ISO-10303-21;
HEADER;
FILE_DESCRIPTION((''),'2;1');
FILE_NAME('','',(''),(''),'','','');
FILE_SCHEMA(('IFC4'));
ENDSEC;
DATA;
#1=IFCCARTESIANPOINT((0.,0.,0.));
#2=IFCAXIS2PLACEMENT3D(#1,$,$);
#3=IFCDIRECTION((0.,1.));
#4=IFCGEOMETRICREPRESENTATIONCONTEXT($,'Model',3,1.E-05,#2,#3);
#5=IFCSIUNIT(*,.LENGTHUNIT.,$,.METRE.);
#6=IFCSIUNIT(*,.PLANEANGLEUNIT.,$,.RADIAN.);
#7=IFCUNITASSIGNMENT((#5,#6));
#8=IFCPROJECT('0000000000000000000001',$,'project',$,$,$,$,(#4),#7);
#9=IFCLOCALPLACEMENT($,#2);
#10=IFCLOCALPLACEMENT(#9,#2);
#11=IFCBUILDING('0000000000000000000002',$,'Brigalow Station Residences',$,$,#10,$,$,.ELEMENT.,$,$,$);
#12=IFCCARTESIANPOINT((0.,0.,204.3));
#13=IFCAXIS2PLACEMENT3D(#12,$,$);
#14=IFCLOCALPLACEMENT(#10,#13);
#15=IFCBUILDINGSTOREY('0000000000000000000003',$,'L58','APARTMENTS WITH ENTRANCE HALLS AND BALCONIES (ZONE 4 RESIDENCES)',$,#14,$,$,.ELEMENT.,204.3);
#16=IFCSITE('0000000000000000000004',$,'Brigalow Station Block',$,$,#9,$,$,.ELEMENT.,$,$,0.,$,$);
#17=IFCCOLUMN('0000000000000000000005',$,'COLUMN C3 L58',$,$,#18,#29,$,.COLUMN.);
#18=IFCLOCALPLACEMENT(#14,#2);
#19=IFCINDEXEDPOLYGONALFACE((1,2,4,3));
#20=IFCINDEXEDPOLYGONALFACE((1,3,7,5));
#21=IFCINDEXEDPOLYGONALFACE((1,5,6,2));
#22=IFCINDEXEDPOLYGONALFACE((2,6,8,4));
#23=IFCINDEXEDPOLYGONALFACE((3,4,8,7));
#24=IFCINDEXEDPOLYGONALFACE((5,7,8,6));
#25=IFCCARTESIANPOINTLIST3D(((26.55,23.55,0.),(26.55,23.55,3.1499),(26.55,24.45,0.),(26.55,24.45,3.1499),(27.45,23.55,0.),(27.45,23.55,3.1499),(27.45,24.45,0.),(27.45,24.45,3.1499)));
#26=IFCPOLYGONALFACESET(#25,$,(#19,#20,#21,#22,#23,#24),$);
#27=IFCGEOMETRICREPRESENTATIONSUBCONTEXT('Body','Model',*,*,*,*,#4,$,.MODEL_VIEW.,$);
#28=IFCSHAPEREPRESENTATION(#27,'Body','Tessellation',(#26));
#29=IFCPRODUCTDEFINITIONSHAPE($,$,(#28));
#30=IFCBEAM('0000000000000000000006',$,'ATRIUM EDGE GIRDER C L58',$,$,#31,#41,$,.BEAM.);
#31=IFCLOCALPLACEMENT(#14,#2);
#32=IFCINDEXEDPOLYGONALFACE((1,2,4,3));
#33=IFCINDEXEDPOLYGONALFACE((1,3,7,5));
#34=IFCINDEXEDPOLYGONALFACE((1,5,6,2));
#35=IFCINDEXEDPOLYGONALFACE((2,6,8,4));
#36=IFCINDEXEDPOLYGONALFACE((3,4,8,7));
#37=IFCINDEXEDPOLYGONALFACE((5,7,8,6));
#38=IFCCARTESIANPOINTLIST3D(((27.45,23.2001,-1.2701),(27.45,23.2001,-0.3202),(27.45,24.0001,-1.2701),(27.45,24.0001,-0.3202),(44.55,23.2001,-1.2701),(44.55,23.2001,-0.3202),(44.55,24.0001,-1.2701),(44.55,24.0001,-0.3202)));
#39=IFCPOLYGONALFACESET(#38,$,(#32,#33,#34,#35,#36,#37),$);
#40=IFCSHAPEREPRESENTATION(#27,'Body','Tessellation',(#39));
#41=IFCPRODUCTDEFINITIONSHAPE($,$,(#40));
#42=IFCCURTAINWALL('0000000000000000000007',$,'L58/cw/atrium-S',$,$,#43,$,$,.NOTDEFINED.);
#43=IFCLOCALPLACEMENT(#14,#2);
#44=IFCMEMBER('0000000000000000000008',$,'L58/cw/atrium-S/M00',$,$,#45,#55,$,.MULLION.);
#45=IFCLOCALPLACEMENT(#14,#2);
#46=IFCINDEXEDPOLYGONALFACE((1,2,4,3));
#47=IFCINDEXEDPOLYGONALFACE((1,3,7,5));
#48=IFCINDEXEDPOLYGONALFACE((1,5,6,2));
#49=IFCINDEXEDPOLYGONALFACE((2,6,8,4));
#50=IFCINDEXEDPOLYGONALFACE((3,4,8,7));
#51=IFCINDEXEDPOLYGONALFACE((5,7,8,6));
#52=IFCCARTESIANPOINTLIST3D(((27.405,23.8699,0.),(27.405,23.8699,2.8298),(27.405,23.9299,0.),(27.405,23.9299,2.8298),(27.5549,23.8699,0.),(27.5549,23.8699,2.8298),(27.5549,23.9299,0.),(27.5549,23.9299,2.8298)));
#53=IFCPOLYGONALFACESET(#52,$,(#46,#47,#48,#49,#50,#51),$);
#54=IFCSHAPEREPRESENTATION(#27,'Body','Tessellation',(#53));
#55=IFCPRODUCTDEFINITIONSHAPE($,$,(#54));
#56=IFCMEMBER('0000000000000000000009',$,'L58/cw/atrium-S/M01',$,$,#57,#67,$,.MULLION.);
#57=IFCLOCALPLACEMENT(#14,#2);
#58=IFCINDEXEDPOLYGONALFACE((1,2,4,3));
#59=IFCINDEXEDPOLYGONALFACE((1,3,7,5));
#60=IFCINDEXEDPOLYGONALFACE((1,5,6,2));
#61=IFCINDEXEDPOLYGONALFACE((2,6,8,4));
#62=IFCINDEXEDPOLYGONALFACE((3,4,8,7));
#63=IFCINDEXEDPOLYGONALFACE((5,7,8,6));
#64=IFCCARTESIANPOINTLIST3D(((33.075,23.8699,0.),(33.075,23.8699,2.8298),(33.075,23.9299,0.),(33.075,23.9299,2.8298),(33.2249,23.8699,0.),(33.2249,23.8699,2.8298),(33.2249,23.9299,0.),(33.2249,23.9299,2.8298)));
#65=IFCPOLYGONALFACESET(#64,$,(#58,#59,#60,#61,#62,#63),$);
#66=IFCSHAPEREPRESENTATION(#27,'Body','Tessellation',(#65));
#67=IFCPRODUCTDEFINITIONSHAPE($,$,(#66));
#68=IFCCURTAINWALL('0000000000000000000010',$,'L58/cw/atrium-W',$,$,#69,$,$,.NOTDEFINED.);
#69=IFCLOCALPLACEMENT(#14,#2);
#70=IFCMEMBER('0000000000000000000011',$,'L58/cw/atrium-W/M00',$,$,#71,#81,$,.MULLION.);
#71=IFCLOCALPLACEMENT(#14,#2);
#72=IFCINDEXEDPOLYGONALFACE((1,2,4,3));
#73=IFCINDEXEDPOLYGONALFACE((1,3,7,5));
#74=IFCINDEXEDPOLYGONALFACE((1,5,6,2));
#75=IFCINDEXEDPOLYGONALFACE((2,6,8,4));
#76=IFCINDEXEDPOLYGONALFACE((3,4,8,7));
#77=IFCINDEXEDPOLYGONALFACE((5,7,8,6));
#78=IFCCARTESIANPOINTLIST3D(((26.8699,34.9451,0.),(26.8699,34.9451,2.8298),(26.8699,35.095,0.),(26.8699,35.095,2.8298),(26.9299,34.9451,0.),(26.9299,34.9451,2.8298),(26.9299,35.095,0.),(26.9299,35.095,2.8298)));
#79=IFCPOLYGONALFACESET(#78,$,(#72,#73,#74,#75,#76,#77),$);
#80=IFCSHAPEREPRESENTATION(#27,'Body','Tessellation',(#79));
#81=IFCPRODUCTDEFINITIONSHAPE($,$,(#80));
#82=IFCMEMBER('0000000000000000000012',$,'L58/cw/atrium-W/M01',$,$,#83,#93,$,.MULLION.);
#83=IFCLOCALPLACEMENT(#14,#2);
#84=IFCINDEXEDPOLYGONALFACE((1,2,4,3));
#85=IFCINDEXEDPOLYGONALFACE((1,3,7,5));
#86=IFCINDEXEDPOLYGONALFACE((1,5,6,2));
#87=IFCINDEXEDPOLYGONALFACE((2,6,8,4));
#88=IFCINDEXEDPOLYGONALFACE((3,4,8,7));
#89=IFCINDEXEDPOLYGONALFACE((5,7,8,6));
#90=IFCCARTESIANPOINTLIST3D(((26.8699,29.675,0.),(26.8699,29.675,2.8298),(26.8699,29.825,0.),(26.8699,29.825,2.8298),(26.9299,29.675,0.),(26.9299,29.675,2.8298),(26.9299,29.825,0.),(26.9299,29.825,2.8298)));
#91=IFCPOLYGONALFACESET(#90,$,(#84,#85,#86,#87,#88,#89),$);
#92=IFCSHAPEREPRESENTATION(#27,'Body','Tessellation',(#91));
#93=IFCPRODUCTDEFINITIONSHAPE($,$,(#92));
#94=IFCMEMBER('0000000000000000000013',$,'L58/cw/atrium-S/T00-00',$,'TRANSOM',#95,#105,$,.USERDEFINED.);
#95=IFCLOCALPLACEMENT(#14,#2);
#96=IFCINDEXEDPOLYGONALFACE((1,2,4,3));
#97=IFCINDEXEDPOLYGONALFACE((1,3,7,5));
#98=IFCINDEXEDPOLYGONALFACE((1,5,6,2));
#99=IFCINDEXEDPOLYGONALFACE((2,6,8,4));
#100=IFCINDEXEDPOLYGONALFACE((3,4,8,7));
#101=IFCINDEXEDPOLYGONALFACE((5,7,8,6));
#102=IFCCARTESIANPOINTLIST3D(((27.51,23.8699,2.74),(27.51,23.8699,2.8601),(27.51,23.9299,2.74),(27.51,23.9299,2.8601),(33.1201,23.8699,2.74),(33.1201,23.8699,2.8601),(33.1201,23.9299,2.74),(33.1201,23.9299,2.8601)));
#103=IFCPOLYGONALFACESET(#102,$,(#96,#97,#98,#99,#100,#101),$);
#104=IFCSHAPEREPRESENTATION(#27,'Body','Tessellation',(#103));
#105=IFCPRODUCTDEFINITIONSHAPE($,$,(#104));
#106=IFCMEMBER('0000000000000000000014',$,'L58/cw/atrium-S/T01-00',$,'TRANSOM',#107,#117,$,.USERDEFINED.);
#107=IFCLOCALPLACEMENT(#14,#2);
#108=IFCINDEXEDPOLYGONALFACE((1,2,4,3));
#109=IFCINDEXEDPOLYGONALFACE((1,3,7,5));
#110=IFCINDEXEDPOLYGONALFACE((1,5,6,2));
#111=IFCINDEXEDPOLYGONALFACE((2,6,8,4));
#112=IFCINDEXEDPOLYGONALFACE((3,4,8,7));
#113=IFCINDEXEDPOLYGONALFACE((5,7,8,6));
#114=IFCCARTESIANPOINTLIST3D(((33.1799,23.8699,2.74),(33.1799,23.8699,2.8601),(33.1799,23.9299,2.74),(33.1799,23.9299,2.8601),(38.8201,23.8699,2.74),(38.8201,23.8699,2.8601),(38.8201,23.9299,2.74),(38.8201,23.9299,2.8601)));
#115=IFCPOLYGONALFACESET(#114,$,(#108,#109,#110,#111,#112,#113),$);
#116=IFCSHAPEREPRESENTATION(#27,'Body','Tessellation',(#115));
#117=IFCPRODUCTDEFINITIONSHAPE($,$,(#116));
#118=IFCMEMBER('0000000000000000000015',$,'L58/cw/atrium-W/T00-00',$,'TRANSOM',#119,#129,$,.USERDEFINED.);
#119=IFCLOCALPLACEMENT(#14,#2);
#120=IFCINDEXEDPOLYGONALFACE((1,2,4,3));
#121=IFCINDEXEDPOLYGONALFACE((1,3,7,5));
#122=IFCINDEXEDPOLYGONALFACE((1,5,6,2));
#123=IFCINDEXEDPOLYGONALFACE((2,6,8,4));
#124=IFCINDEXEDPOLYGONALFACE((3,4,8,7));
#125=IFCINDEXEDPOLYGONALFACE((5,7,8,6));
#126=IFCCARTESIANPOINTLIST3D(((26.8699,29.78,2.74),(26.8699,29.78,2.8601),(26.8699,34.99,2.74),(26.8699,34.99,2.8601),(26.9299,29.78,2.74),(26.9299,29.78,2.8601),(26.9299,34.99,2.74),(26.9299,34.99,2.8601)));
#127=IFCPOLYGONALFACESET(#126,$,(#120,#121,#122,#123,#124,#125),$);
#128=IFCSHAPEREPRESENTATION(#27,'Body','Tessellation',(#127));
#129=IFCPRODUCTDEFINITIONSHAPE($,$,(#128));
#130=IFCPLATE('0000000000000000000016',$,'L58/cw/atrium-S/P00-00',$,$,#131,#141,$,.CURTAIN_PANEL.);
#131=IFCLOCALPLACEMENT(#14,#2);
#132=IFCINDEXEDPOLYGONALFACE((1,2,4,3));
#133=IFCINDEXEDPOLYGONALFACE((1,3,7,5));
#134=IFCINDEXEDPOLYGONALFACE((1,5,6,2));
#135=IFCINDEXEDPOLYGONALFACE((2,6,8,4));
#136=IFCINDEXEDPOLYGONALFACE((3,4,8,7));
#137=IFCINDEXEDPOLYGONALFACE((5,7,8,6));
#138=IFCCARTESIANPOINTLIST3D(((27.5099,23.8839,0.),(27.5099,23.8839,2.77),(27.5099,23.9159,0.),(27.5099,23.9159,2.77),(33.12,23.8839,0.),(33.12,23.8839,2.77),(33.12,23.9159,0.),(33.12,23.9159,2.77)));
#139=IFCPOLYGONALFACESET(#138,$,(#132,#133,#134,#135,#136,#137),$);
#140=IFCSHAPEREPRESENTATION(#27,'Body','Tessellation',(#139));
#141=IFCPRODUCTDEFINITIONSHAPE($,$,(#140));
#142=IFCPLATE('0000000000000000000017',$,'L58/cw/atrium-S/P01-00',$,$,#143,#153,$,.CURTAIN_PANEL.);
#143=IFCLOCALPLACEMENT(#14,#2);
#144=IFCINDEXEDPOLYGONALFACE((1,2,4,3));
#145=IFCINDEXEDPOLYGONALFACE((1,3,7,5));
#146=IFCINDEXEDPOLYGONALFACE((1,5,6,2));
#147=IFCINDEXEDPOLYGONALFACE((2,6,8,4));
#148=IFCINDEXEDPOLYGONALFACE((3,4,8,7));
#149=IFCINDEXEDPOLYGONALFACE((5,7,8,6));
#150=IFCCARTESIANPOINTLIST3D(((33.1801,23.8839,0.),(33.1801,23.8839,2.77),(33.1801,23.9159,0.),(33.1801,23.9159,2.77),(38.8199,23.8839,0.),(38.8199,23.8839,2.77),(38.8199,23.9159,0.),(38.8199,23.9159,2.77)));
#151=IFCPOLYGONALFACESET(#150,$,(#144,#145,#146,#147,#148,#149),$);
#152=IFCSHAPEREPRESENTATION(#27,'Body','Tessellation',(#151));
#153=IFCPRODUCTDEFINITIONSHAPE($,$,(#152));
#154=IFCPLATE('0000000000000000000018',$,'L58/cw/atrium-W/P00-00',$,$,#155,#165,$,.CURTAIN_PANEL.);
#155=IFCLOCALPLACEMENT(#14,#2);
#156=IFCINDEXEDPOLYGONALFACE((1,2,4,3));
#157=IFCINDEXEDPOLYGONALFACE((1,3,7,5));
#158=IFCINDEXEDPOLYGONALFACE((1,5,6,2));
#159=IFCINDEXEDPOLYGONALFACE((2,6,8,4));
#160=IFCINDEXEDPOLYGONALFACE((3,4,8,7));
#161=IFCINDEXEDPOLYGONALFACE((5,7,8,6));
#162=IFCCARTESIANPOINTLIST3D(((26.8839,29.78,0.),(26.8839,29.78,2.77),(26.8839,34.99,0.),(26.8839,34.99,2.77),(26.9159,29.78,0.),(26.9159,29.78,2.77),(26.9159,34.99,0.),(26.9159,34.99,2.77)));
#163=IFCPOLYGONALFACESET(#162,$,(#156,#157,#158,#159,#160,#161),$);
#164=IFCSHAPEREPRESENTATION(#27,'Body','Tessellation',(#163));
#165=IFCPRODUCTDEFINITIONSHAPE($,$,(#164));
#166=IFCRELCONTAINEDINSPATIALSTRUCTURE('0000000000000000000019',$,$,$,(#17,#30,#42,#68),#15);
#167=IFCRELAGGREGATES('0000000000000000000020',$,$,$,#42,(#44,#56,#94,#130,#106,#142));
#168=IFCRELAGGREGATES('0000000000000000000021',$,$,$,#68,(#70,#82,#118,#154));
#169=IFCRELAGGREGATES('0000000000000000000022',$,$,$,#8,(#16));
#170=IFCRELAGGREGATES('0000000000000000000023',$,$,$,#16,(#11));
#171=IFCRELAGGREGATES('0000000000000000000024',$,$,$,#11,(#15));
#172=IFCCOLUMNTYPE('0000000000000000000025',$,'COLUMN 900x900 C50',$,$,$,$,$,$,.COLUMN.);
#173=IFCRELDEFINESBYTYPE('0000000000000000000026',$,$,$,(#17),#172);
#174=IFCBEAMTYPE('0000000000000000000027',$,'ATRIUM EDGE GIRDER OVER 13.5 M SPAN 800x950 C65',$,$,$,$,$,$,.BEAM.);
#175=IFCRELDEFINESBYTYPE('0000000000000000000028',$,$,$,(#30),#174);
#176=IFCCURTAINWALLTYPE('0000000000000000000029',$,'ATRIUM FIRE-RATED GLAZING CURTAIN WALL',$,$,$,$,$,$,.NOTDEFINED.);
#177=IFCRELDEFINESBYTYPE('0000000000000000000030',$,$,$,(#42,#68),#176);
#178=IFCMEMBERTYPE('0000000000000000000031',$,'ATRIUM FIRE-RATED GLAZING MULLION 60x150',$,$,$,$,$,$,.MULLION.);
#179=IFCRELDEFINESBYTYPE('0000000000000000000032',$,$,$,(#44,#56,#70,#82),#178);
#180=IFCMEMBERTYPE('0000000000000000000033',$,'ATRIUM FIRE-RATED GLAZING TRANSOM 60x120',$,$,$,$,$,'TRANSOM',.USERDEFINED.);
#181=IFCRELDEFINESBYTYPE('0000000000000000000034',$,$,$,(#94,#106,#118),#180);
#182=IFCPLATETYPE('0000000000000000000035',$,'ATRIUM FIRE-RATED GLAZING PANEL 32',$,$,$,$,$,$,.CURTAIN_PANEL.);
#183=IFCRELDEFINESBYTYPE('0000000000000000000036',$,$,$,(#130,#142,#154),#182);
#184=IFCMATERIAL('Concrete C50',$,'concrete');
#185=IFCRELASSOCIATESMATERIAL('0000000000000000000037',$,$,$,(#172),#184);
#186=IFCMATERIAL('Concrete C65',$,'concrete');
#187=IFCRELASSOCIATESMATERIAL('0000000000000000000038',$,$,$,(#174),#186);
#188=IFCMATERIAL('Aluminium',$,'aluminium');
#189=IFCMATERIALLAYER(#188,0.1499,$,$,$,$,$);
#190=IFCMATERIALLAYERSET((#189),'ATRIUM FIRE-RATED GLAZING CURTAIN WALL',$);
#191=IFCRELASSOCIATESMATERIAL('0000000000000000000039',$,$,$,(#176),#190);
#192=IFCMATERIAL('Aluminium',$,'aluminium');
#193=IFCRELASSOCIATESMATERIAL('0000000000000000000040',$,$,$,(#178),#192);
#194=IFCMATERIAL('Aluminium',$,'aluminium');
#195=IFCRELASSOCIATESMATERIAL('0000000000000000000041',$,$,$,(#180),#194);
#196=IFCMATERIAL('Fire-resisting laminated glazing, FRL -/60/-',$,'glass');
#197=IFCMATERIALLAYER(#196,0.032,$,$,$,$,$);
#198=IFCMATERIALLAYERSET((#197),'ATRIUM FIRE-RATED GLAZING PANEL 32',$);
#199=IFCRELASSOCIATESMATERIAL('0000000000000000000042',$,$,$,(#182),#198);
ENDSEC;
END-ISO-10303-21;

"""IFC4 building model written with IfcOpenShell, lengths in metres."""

from ifc_helpers import new_model, si_unit, direction, frame, origin, origin_2d, place, context, subcontext, project, spatial, rectangle, extrude, material, layer, layer_set, material_profile, profile_set, type_object, element, aggregate, save


model = new_model("IFC4")

# Units and contexts
model_context = context("Model", 3, precision=1e-05, world=origin(), true_north=direction((0.0, 1.0)))
body_context = subcontext(model_context, "Body", "Model", "MODEL_VIEW")
ifc_project = project(units=[si_unit("LENGTHUNIT", "METRE"), si_unit("PLANEANGLEUNIT", "RADIAN")], contexts=[model_context])

# Site, building, storey
site_placement = place(None, origin())
site = spatial("IfcSite", under=ifc_project, at=site_placement, Name="Brigalow Station Block", CompositionType="ELEMENT", RefElevation=0.0)
building_placement = place(site_placement, origin())
building = spatial("IfcBuilding", under=site, at=building_placement, Name="Brigalow Station Residences", CompositionType="ELEMENT")
storey_placement = place(building_placement, frame((0.0, 0.0, 204.3)))
storey = spatial("IfcBuildingStorey", under=building, at=storey_placement, Name="L58", Description="APARTMENTS WITH ENTRANCE HALLS AND BALCONIES (ZONE 4 RESIDENCES)", CompositionType="ELEMENT", Elevation=204.3)

# Column
ifc_material_1 = material(Name="Concrete C50", Category="concrete")
ifc_material_profile_1 = material_profile(ifc_material_1, rectangle(XDim=0.8999, YDim=0.8999, at=origin_2d()), Name="RC900x900")
ifc_profile_set_1 = profile_set([ifc_material_profile_1], Name="Concrete C50")
column_type = type_object("IfcColumnType", Name="COLUMN 900x900 C50", PredefinedType="COLUMN", material=ifc_profile_set_1)
column_placement = place(storey_placement, frame((27.0, 24.0, 0.0), z_axis=(0.0, 0.0, 1.0), x_axis=(1.0, 0.0, 0.0)))
element("IfcColumn", 1, at=column_placement, inside=storey, type_object=column_type, Name="COLUMN C3 L58", PredefinedType="COLUMN", context=body_context, shape_type="SweptSolid", body=[
    extrude(rectangle(XDim=0.8999, YDim=0.8999, at=origin_2d()), origin(), (0.0, 0.0, 1.0), 3.1499),
])

# Beam
ifc_material_2 = material(Name="Concrete C65", Category="concrete")
ifc_material_profile_2 = material_profile(ifc_material_2, rectangle(XDim=0.8, YDim=0.95, at=origin_2d()), Name="RC800x950")
ifc_profile_set_2 = profile_set([ifc_material_profile_2], Name="Concrete C65")
beam_type = type_object("IfcBeamType", Name="ATRIUM EDGE GIRDER OVER 13.5 M SPAN 800x950 C65", PredefinedType="BEAM", material=ifc_profile_set_2)
beam_placement = place(storey_placement, frame((27.45, 23.6001, -0.7952), z_axis=(1.0, 0.0, 0.0), x_axis=(0.0, 1.0, 0.0)))
element("IfcBeam", 2, at=beam_placement, inside=storey, type_object=beam_type, Name="ATRIUM EDGE GIRDER C L58", PredefinedType="BEAM", context=body_context, shape_type="SweptSolid", body=[
    extrude(rectangle(XDim=0.8, YDim=0.95, at=origin_2d()), origin(), (0.0, 0.0, 1.0), 17.1001),
])

# Curtain walls, members
ifc_material_3 = material(Name="Aluminium", Category="aluminium")
ifc_layer_1 = layer(ifc_material_3, 0.1499)
ifc_layer_set_1 = layer_set([ifc_layer_1], Name="ATRIUM FIRE-RATED GLAZING CURTAIN WALL")
curtain_wall_type = type_object("IfcCurtainWallType", Name="ATRIUM FIRE-RATED GLAZING CURTAIN WALL", PredefinedType="NOTDEFINED", material=ifc_layer_set_1)
curtain_wall_1_placement = place(storey_placement, origin())
curtain_wall_1 = element("IfcCurtainWall", 3, at=curtain_wall_1_placement, inside=storey, type_object=curtain_wall_type, Name="L58/cw/atrium-S", PredefinedType="NOTDEFINED")
ifc_material_4 = material(Name="Aluminium", Category="aluminium")
ifc_material_profile_3 = material_profile(ifc_material_4, rectangle(XDim=0.0601, YDim=0.1499, at=origin_2d()), Name="ATRIUM FIRE-RATED GLAZING MULLION 60x150")
ifc_profile_set_3 = profile_set([ifc_material_profile_3], Name="Aluminium")
member_type_1 = type_object("IfcMemberType", Name="ATRIUM FIRE-RATED GLAZING MULLION 60x150", PredefinedType="MULLION", material=ifc_profile_set_3)
member_1_placement = place(storey_placement, frame((27.48, 23.8999, 0.0), z_axis=(0.0, 0.0, 1.0), x_axis=(0.0, 1.0, 0.0)))
member_1 = element("IfcMember", 4, at=member_1_placement, type_object=member_type_1, Name="L58/cw/atrium-S/M00", PredefinedType="MULLION", context=body_context, shape_type="SweptSolid", body=[
    extrude(rectangle(XDim=0.0601, YDim=0.1499, at=origin_2d()), origin(), (0.0, 0.0, 1.0), 2.8298),
])
member_2_placement = place(storey_placement, frame((33.1499, 23.8999, 0.0), z_axis=(0.0, 0.0, 1.0), x_axis=(0.0, 1.0, 0.0)))
member_2 = element("IfcMember", 5, at=member_2_placement, type_object=member_type_1, Name="L58/cw/atrium-S/M01", PredefinedType="MULLION", context=body_context, shape_type="SweptSolid", body=[
    extrude(rectangle(XDim=0.0601, YDim=0.1499, at=origin_2d()), origin(), (0.0, 0.0, 1.0), 2.8298),
])
curtain_wall_2_placement = place(storey_placement, origin())
curtain_wall_2 = element("IfcCurtainWall", 6, at=curtain_wall_2_placement, inside=storey, type_object=curtain_wall_type, Name="L58/cw/atrium-W", PredefinedType="NOTDEFINED")
member_3_placement = place(storey_placement, frame((26.8999, 35.02, 0.0), z_axis=(0.0, 0.0, 1.0), x_axis=(1.0, 0.0, 0.0)))
member_3 = element("IfcMember", 7, at=member_3_placement, type_object=member_type_1, Name="L58/cw/atrium-W/M00", PredefinedType="MULLION", context=body_context, shape_type="SweptSolid", body=[
    extrude(rectangle(XDim=0.0601, YDim=0.1499, at=origin_2d()), origin(), (0.0, 0.0, 1.0), 2.8298),
])
member_4_placement = place(storey_placement, frame((26.8999, 29.75, 0.0), z_axis=(0.0, 0.0, 1.0), x_axis=(1.0, 0.0, 0.0)))
member_4 = element("IfcMember", 8, at=member_4_placement, type_object=member_type_1, Name="L58/cw/atrium-W/M01", PredefinedType="MULLION", context=body_context, shape_type="SweptSolid", body=[
    extrude(rectangle(XDim=0.0601, YDim=0.1499, at=origin_2d()), origin(), (0.0, 0.0, 1.0), 2.8298),
])

# Members
ifc_material_5 = material(Name="Aluminium", Category="aluminium")
ifc_material_profile_4 = material_profile(ifc_material_5, rectangle(XDim=0.0601, YDim=0.1201, at=origin_2d()), Name="ATRIUM FIRE-RATED GLAZING TRANSOM 60x120")
ifc_profile_set_4 = profile_set([ifc_material_profile_4], Name="Aluminium")
member_type_2 = type_object("IfcMemberType", Name="ATRIUM FIRE-RATED GLAZING TRANSOM 60x120", ElementType="TRANSOM", PredefinedType="USERDEFINED", material=ifc_profile_set_4)
member_5_placement = place(storey_placement, frame((27.51, 23.8999, 2.8), z_axis=(1.0, 0.0, 0.0), x_axis=(0.0, 1.0, 0.0)))
member_5 = element("IfcMember", 9, at=member_5_placement, type_object=member_type_2, Name="L58/cw/atrium-S/T00-00", ObjectType="TRANSOM", PredefinedType="USERDEFINED", context=body_context, shape_type="SweptSolid", body=[
    extrude(rectangle(XDim=0.0601, YDim=0.1201, at=origin_2d()), origin(), (0.0, 0.0, 1.0), 5.6101),
])
member_6_placement = place(storey_placement, frame((33.1799, 23.8999, 2.8), z_axis=(1.0, 0.0, 0.0), x_axis=(0.0, 1.0, 0.0)))
member_6 = element("IfcMember", 10, at=member_6_placement, type_object=member_type_2, Name="L58/cw/atrium-S/T01-00", ObjectType="TRANSOM", PredefinedType="USERDEFINED", context=body_context, shape_type="SweptSolid", body=[
    extrude(rectangle(XDim=0.0601, YDim=0.1201, at=origin_2d()), origin(), (0.0, 0.0, 1.0), 5.6401),
])
member_7_placement = place(storey_placement, frame((26.8999, 34.99, 2.8), z_axis=(0.0, -1.0, 0.0), x_axis=(1.0, 0.0, 0.0)))
member_7 = element("IfcMember", 11, at=member_7_placement, type_object=member_type_2, Name="L58/cw/atrium-W/T00-00", ObjectType="TRANSOM", PredefinedType="USERDEFINED", context=body_context, shape_type="SweptSolid", body=[
    extrude(rectangle(XDim=0.0601, YDim=0.1201, at=origin_2d()), origin(), (0.0, 0.0, 1.0), 5.21),
])

# Plates
ifc_material_6 = material(Name="Fire-resisting laminated glazing, FRL -/60/-", Category="glass")
ifc_layer_2 = layer(ifc_material_6, 0.032)
ifc_layer_set_2 = layer_set([ifc_layer_2], Name="ATRIUM FIRE-RATED GLAZING PANEL 32")
plate_type = type_object("IfcPlateType", Name="ATRIUM FIRE-RATED GLAZING PANEL 32", PredefinedType="CURTAIN_PANEL", material=ifc_layer_set_2)
plate_1_placement = place(storey_placement, frame((30.3149, 23.8999, 0.0), z_axis=(0.0, 0.0, 1.0), x_axis=(1.0, 0.0, 0.0)))
plate_1 = element("IfcPlate", 12, at=plate_1_placement, type_object=plate_type, Name="L58/cw/atrium-S/P00-00", PredefinedType="CURTAIN_PANEL", context=body_context, shape_type="SweptSolid", body=[
    extrude(rectangle(XDim=5.6101, YDim=0.032, at=origin_2d()), origin(), (0.0, 0.0, 1.0), 2.77),
])
plate_2_placement = place(storey_placement, frame((36.0, 23.8999, 0.0), z_axis=(0.0, 0.0, 1.0), x_axis=(1.0, 0.0, 0.0)))
plate_2 = element("IfcPlate", 13, at=plate_2_placement, type_object=plate_type, Name="L58/cw/atrium-S/P01-00", PredefinedType="CURTAIN_PANEL", context=body_context, shape_type="SweptSolid", body=[
    extrude(rectangle(XDim=5.6399, YDim=0.032, at=origin_2d()), origin(), (0.0, 0.0, 1.0), 2.77),
])
aggregate(curtain_wall_1, [member_1, member_2, member_5, plate_1, member_6, plate_2])
plate_3_placement = place(storey_placement, frame((26.8999, 32.385, 0.0), z_axis=(0.0, 0.0, 1.0), x_axis=(0.0, -1.0, 0.0)))
plate_3 = element("IfcPlate", 14, at=plate_3_placement, type_object=plate_type, Name="L58/cw/atrium-W/P00-00", PredefinedType="CURTAIN_PANEL", context=body_context, shape_type="SweptSolid", body=[
    extrude(rectangle(XDim=5.21, YDim=0.032, at=origin_2d()), origin(), (0.0, 0.0, 1.0), 2.77),
])
aggregate(curtain_wall_2, [member_3, member_4, member_7, plate_3])

save(model, "model.ifc")
